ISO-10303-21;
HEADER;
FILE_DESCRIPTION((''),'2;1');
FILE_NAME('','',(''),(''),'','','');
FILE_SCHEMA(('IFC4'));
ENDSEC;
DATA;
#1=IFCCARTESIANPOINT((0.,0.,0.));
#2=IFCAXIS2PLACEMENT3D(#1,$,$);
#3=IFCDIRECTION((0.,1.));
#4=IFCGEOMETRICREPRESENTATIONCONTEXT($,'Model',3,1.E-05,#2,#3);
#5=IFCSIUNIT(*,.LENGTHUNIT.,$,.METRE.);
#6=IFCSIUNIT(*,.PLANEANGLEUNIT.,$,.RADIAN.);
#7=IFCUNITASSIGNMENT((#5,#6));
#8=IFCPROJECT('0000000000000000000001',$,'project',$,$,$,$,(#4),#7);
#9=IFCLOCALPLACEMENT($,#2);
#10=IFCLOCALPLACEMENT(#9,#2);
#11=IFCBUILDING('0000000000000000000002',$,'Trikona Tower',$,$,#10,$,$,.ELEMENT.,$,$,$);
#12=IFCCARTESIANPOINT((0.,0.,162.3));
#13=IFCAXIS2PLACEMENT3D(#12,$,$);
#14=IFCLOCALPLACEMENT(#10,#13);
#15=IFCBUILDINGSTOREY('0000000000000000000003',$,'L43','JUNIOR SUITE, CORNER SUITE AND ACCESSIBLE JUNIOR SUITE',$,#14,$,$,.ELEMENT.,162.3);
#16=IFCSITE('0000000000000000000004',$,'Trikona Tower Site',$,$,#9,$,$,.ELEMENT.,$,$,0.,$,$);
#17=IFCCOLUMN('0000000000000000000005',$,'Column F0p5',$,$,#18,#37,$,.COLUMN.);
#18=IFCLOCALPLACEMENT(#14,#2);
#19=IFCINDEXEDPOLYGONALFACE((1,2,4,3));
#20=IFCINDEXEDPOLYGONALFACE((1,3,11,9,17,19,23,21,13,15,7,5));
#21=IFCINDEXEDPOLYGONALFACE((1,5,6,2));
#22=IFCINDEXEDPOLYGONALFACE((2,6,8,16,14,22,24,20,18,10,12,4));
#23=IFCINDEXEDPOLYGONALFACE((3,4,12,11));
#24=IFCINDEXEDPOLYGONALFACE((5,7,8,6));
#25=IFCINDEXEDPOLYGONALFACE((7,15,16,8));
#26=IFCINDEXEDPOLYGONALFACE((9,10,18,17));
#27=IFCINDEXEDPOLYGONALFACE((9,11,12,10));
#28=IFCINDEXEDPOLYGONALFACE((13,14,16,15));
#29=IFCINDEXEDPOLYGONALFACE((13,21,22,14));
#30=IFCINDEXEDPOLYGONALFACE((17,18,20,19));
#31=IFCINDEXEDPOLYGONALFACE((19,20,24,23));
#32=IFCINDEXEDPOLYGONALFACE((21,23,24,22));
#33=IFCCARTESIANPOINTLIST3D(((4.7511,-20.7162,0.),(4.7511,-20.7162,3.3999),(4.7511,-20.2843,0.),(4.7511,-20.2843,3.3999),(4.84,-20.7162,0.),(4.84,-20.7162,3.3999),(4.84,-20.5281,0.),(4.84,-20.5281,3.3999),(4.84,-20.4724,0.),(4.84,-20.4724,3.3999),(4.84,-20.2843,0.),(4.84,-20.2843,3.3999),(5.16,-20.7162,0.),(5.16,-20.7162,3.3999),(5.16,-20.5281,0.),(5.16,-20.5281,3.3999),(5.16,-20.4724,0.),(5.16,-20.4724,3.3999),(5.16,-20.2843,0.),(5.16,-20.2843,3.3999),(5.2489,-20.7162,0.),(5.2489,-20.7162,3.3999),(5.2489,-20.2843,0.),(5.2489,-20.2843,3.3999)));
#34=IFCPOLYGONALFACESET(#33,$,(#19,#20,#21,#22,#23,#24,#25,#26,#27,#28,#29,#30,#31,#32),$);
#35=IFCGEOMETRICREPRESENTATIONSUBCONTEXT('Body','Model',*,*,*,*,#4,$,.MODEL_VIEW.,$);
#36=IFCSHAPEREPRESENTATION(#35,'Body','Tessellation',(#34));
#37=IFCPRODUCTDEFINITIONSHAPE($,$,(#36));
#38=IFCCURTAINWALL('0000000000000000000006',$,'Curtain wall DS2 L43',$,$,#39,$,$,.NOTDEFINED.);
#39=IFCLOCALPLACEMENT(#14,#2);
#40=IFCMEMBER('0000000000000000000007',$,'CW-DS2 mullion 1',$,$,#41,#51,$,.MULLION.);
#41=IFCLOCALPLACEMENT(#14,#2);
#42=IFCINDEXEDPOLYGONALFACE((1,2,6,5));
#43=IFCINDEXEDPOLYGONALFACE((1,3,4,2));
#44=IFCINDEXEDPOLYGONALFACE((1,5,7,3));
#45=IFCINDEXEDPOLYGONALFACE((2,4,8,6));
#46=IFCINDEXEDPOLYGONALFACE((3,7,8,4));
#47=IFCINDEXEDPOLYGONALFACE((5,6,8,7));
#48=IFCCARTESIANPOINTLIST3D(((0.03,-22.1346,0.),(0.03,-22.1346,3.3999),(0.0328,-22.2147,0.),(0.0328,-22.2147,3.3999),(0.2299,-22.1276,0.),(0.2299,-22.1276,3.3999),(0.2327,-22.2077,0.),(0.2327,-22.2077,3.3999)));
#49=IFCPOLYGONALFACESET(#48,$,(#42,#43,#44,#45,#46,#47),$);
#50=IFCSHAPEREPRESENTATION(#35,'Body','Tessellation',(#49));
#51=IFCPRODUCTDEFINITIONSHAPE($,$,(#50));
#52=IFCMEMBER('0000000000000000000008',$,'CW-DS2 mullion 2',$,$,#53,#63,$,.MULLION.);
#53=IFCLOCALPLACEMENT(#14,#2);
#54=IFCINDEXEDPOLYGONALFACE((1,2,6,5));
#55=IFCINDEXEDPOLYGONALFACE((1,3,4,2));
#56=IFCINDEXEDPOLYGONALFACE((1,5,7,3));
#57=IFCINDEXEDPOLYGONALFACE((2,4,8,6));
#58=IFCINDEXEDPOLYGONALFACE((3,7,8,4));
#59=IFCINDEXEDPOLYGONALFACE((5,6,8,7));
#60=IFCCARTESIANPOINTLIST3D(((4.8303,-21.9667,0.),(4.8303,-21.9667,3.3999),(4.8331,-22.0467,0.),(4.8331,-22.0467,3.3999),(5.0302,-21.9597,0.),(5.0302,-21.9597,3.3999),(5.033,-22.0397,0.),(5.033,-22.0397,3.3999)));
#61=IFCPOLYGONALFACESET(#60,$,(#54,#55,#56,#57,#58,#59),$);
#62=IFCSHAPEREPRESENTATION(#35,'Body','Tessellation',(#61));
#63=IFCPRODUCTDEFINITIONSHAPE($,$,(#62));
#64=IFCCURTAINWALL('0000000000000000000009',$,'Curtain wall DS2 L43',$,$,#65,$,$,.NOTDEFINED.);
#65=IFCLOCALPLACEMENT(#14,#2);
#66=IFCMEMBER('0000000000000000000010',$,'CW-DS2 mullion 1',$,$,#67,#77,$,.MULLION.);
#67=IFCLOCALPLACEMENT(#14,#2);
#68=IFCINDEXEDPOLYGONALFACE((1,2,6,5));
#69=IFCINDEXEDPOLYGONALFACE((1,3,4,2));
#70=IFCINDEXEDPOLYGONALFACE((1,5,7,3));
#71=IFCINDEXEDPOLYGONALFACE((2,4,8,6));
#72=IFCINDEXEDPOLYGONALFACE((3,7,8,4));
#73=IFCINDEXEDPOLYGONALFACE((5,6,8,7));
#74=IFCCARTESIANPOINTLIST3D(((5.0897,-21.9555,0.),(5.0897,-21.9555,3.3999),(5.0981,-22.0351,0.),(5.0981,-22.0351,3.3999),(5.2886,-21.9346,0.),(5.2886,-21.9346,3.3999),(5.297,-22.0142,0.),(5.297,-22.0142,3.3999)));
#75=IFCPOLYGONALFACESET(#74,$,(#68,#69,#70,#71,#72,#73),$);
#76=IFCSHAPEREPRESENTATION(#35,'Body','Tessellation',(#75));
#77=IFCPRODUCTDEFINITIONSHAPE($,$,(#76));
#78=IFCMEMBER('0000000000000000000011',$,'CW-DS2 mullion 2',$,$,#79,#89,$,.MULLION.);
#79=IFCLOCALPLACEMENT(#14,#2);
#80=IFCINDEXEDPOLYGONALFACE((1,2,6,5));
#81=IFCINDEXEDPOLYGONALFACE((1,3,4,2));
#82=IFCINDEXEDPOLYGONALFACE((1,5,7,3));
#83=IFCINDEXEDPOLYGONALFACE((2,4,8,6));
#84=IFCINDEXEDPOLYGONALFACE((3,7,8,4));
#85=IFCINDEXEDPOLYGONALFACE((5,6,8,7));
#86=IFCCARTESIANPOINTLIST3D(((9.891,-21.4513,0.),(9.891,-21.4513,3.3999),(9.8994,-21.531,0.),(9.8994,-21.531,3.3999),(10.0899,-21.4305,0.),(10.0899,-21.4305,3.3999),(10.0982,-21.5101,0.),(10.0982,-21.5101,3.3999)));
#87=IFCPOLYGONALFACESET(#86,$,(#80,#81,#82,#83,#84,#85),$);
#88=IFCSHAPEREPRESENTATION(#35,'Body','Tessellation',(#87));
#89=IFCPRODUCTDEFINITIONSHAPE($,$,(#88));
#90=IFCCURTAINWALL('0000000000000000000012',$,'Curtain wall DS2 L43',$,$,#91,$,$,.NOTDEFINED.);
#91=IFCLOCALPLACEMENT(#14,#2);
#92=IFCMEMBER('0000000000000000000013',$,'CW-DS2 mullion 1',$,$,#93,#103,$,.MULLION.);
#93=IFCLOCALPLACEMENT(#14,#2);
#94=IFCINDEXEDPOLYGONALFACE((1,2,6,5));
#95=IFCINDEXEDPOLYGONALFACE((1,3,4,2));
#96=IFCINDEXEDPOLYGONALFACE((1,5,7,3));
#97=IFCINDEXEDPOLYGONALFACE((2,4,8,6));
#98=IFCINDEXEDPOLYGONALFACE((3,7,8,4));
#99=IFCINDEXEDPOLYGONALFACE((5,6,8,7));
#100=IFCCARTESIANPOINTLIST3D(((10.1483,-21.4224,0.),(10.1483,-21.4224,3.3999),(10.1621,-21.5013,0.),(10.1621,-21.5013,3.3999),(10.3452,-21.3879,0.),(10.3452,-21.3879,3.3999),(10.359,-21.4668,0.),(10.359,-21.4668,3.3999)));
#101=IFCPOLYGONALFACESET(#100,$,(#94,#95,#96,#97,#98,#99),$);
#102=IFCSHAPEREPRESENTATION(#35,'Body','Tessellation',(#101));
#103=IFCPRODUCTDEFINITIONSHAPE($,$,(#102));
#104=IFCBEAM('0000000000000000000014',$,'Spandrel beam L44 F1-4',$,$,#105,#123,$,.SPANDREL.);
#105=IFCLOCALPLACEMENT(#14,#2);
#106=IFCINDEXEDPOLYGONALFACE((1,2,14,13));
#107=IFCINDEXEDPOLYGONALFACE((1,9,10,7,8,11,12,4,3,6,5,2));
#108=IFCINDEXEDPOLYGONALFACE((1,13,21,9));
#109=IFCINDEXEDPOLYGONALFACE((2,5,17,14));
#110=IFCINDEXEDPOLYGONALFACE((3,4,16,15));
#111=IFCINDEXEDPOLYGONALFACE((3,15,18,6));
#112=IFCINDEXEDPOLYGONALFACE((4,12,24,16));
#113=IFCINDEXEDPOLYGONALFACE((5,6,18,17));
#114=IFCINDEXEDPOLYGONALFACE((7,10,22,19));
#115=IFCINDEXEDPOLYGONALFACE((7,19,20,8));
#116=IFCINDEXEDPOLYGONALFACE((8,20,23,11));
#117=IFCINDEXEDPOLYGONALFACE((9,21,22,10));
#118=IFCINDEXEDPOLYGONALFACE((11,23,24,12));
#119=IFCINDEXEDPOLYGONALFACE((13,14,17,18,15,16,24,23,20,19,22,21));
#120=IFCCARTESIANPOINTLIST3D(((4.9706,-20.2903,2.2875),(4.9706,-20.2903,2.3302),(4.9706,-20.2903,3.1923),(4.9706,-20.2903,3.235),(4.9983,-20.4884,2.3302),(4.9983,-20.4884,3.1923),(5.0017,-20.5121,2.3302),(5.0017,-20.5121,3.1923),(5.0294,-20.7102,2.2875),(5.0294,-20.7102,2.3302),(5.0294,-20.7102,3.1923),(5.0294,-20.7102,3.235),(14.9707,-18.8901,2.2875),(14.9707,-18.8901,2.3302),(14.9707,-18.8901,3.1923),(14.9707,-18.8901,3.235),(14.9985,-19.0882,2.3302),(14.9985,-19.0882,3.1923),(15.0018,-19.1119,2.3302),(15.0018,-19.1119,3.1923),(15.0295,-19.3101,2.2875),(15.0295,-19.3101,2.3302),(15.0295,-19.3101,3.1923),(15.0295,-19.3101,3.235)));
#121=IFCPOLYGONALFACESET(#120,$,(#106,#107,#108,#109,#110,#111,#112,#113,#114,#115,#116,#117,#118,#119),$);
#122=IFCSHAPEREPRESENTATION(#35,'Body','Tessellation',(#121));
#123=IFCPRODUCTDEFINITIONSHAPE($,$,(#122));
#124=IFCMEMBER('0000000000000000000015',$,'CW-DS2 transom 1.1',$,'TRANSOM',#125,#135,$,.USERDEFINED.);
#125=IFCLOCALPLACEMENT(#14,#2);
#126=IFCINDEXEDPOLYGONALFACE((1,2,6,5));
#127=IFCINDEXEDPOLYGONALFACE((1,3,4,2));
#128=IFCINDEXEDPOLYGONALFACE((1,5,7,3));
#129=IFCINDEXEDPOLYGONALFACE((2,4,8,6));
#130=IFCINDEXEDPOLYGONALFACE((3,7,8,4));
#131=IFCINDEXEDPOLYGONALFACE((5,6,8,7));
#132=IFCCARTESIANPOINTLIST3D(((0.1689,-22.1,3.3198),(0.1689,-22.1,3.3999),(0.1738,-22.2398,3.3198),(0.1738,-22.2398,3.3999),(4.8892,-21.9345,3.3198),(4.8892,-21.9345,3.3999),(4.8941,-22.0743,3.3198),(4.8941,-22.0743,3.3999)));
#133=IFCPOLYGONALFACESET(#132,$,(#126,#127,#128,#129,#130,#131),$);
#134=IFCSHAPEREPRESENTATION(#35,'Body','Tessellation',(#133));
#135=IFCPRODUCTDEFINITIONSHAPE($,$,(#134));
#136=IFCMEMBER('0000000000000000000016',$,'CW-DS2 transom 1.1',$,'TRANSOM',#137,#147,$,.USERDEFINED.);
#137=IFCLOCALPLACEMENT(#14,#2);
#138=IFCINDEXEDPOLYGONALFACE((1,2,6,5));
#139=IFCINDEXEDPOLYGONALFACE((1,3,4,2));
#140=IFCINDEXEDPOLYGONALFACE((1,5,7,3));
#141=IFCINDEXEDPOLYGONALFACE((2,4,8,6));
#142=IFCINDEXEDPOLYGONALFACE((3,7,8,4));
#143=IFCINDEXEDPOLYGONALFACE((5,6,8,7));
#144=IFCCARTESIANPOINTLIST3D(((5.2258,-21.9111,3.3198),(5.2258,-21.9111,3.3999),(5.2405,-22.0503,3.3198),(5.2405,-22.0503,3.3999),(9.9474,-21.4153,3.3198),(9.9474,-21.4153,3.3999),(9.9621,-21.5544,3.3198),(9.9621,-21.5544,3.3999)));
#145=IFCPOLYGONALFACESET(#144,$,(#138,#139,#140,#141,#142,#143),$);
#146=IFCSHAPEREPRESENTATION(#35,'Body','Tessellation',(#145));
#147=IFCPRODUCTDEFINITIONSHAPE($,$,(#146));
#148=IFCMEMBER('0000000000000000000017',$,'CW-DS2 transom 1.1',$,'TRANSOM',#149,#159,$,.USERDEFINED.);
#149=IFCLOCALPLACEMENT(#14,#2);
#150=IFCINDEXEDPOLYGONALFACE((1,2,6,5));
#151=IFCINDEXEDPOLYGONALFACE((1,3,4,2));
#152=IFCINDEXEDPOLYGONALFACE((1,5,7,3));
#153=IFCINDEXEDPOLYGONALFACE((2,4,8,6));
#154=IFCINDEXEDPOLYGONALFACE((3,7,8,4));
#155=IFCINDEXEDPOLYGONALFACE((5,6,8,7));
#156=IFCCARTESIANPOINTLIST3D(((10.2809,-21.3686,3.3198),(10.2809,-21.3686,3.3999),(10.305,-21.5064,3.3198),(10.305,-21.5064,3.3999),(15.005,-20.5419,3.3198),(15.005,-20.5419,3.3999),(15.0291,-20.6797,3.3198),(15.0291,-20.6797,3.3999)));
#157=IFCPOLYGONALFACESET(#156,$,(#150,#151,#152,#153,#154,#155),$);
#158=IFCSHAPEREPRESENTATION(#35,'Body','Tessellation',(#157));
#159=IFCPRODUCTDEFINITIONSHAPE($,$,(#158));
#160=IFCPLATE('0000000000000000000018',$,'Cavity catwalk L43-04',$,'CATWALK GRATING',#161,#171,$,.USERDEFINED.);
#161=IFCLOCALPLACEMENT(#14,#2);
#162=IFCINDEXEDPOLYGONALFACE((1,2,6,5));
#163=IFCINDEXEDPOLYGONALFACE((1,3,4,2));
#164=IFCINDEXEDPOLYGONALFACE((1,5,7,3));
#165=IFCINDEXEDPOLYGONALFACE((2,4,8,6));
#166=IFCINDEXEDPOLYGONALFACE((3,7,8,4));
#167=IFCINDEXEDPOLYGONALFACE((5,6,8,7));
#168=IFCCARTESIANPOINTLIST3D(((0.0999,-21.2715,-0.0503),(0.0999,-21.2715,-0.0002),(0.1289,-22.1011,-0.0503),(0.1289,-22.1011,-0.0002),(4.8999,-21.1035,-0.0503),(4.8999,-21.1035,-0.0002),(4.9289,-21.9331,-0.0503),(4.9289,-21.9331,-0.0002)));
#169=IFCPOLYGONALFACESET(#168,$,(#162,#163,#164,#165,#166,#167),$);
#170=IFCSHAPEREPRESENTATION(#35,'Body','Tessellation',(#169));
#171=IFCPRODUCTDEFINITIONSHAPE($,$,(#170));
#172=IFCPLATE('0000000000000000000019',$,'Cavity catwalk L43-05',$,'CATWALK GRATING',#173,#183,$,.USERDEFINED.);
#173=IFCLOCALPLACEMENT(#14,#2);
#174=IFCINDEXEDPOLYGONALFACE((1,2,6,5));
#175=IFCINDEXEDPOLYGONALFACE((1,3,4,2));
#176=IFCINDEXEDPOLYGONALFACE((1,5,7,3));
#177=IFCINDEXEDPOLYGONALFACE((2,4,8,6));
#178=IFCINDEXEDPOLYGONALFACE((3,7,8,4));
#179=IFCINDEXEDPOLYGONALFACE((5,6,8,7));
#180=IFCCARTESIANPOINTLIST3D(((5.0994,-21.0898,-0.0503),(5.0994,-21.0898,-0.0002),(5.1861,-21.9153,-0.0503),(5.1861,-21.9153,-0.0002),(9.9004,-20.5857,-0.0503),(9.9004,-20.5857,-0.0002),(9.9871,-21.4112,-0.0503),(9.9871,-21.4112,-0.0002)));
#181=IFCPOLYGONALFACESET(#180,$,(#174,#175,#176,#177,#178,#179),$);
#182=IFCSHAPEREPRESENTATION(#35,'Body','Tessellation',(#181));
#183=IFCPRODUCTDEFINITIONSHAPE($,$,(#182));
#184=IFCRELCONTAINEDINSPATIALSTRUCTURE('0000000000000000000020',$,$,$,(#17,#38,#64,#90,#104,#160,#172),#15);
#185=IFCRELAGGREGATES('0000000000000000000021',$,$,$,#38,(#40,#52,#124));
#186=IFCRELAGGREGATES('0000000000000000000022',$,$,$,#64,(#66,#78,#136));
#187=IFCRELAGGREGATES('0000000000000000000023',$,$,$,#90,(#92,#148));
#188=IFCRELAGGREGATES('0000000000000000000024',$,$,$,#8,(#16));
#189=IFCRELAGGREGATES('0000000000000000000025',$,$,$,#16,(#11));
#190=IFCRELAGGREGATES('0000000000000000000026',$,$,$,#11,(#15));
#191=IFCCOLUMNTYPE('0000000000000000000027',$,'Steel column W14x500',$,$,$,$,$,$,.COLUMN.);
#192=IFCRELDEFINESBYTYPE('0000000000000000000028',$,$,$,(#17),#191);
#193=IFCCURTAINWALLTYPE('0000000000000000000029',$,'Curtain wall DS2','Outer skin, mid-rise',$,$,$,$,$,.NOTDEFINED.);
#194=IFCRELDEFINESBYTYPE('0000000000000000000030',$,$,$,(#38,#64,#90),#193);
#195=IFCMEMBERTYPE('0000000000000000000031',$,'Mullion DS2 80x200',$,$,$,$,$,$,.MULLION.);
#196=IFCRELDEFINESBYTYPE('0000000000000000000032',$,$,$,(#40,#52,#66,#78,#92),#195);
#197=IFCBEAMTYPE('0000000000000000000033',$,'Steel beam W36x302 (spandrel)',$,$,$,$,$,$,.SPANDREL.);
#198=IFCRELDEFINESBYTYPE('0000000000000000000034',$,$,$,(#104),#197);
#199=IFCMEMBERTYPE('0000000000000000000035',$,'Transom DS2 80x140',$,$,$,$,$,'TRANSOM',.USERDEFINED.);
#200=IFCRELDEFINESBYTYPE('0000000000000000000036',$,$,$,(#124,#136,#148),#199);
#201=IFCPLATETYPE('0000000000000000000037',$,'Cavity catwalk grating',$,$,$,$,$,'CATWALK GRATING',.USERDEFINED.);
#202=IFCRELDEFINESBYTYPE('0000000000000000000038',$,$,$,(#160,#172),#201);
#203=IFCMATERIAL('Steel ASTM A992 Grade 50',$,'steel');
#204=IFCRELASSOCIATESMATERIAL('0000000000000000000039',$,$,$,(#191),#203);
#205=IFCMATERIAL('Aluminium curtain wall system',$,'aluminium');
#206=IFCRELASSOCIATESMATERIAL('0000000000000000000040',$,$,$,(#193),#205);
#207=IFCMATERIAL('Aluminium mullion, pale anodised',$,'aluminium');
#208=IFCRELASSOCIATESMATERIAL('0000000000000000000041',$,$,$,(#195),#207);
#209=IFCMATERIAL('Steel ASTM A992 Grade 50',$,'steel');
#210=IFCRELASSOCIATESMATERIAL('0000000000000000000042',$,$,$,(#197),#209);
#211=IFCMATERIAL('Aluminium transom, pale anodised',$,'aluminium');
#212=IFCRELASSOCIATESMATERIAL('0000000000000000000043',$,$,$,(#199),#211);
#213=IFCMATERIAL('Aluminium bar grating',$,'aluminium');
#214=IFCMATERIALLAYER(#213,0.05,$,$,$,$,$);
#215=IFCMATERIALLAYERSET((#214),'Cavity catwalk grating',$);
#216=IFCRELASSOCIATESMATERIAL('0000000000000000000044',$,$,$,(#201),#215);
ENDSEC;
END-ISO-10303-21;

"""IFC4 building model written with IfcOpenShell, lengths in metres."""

from ifc_helpers import new_model, si_unit, direction, frame, origin, origin_2d, place, context, subcontext, project, spatial, rectangle, i_section, extrude, material, layer, layer_set, material_profile, profile_set, type_object, element, aggregate, save


model = new_model("IFC4")

# Units and contexts
model_context = context("Model", 3, precision=1e-05, world=origin(), true_north=direction((0.0, 1.0)))
body_context = subcontext(model_context, "Body", "Model", "MODEL_VIEW")
ifc_project = project(units=[si_unit("LENGTHUNIT", "METRE"), si_unit("PLANEANGLEUNIT", "RADIAN")], contexts=[model_context])

# Site, building, storey
site_placement = place(None, origin())
site = spatial("IfcSite", under=ifc_project, at=site_placement, Name="Trikona Tower Site", CompositionType="ELEMENT", RefElevation=0.0)
building_placement = place(site_placement, origin())
building = spatial("IfcBuilding", under=site, at=building_placement, Name="Trikona Tower", CompositionType="ELEMENT")
storey_placement = place(building_placement, frame((0.0, 0.0, 162.3)))
storey = spatial("IfcBuildingStorey", under=building, at=storey_placement, Name="L43", Description="JUNIOR SUITE, CORNER SUITE AND ACCESSIBLE JUNIOR SUITE", CompositionType="ELEMENT", Elevation=162.3)

# Column
ifc_material_1 = material(Name="Steel ASTM A992 Grade 50", Category="steel")
ifc_material_profile_1 = material_profile(ifc_material_1, i_section(OverallWidth=0.4319, OverallDepth=0.4978, WebThickness=0.0557, FlangeThickness=0.0889, at=origin_2d()), Name="W14X500")
ifc_profile_set_1 = profile_set([ifc_material_profile_1], Name="Steel ASTM A992 Grade 50")
column_type = type_object("IfcColumnType", Name="Steel column W14x500", PredefinedType="COLUMN", material=ifc_profile_set_1)
column_placement = place(storey_placement, frame((5.0, -20.5002, 0.0), z_axis=(0.0, 0.0, 1.0), x_axis=(0.0, -1.0, 0.0)))
element("IfcColumn", 1, at=column_placement, inside=storey, type_object=column_type, Name="Column F0p5", PredefinedType="COLUMN", context=body_context, shape_type="SweptSolid", body=[
    extrude(i_section(OverallWidth=0.4319, OverallDepth=0.4978, WebThickness=0.0557, FlangeThickness=0.0889, at=origin_2d()), origin(), (0.0, 0.0, 1.0), 3.3999),
])

# Curtain walls, members
ifc_material_2 = material(Name="Aluminium curtain wall system", Category="aluminium")
curtain_wall_type = type_object("IfcCurtainWallType", Name="Curtain wall DS2", Description="Outer skin, mid-rise", PredefinedType="NOTDEFINED", material=ifc_material_2)
curtain_wall_1_placement = place(storey_placement, origin())
curtain_wall_1 = element("IfcCurtainWall", 2, at=curtain_wall_1_placement, inside=storey, type_object=curtain_wall_type, Name="Curtain wall DS2 L43", PredefinedType="NOTDEFINED")
ifc_material_3 = material(Name="Aluminium mullion, pale anodised", Category="aluminium")
ifc_material_profile_2 = material_profile(ifc_material_3, rectangle(XDim=0.0801, YDim=0.2, at=origin_2d()), Name="MUL-DS2")
ifc_profile_set_2 = profile_set([ifc_material_profile_2], Name="Aluminium mullion, pale anodised")
member_type_1 = type_object("IfcMemberType", Name="Mullion DS2 80x200", PredefinedType="MULLION", material=ifc_profile_set_2)
member_1_placement = place(storey_placement, frame((0.1313, -22.1711, 0.0), z_axis=(0.0, 0.0, 1.0), x_axis=(-0.034998, 0.999387, 0.0)))
member_1 = element("IfcMember", 3, at=member_1_placement, type_object=member_type_1, Name="CW-DS2 mullion 1", PredefinedType="MULLION", context=body_context, shape_type="SweptSolid", body=[
    extrude(rectangle(XDim=0.0801, YDim=0.2, at=origin_2d()), origin(), (0.0, 0.0, 1.0), 3.3999),
])
member_2_placement = place(storey_placement, frame((4.9316, -22.0032, 0.0), z_axis=(0.0, 0.0, 1.0), x_axis=(-0.034998, 0.999387, 0.0)))
member_2 = element("IfcMember", 4, at=member_2_placement, type_object=member_type_1, Name="CW-DS2 mullion 2", PredefinedType="MULLION", context=body_context, shape_type="SweptSolid", body=[
    extrude(rectangle(XDim=0.0801, YDim=0.2, at=origin_2d()), origin(), (0.0, 0.0, 1.0), 3.3999),
])
curtain_wall_2_placement = place(storey_placement, origin())
curtain_wall_2 = element("IfcCurtainWall", 5, at=curtain_wall_2_placement, inside=storey, type_object=curtain_wall_type, Name="Curtain wall DS2 L43", PredefinedType="NOTDEFINED")
member_3_placement = place(storey_placement, frame((5.1934, -21.9849, 0.0), z_axis=(0.0, 0.0, 1.0), x_axis=(-0.104433, 0.994532, 0.0)))
member_3 = element("IfcMember", 6, at=member_3_placement, type_object=member_type_1, Name="CW-DS2 mullion 1", PredefinedType="MULLION", context=body_context, shape_type="SweptSolid", body=[
    extrude(rectangle(XDim=0.0801, YDim=0.2, at=origin_2d()), origin(), (0.0, 0.0, 1.0), 3.3999),
])
member_4_placement = place(storey_placement, frame((9.9946, -21.4807, 0.0), z_axis=(0.0, 0.0, 1.0), x_axis=(-0.104433, 0.994532, 0.0)))
member_4 = element("IfcMember", 7, at=member_4_placement, type_object=member_type_1, Name="CW-DS2 mullion 2", PredefinedType="MULLION", context=body_context, shape_type="SweptSolid", body=[
    extrude(rectangle(XDim=0.0801, YDim=0.2, at=origin_2d()), origin(), (0.0, 0.0, 1.0), 3.3999),
])

# Curtain wall, member
curtain_wall_3_placement = place(storey_placement, origin())
curtain_wall_3 = element("IfcCurtainWall", 8, at=curtain_wall_3_placement, inside=storey, type_object=curtain_wall_type, Name="Curtain wall DS2 L43", PredefinedType="NOTDEFINED")
member_5_placement = place(storey_placement, frame((10.2537, -21.4446, 0.0), z_axis=(0.0, 0.0, 1.0), x_axis=(-0.172377, 0.985031, 0.0)))
member_5 = element("IfcMember", 9, at=member_5_placement, type_object=member_type_1, Name="CW-DS2 mullion 1", PredefinedType="MULLION", context=body_context, shape_type="SweptSolid", body=[
    extrude(rectangle(XDim=0.0801, YDim=0.2, at=origin_2d()), origin(), (0.0, 0.0, 1.0), 3.3999),
])

# Beam
ifc_material_4 = material(Name="Steel ASTM A992 Grade 50", Category="steel")
ifc_material_profile_3 = material_profile(ifc_material_4, i_section(OverallWidth=0.4241, OverallDepth=0.9475, WebThickness=0.0239, FlangeThickness=0.0427, at=origin_2d()), Name="W36X302")
ifc_profile_set_3 = profile_set([ifc_material_profile_3], Name="Steel ASTM A992 Grade 50")
beam_type = type_object("IfcBeamType", Name="Steel beam W36x302 (spandrel)", PredefinedType="SPANDREL", material=ifc_profile_set_3)
beam_placement = place(storey_placement, frame((5.0, -20.5002, 2.7612), z_axis=(0.99034, 0.138662, 0.0), x_axis=(-0.138662, 0.99034, 0.0)))
element("IfcBeam", 10, at=beam_placement, inside=storey, type_object=beam_type, Name="Spandrel beam L44 F1-4", PredefinedType="SPANDREL", context=body_context, shape_type="SweptSolid", body=[
    extrude(i_section(OverallWidth=0.4241, OverallDepth=0.9475, WebThickness=0.0239, FlangeThickness=0.0427, at=origin_2d()), origin(), (0.0, 0.0, 1.0), 10.0977),
])

# Members
ifc_material_5 = material(Name="Aluminium transom, pale anodised", Category="aluminium")
ifc_material_profile_4 = material_profile(ifc_material_5, rectangle(XDim=0.1399, YDim=0.0801, at=origin_2d()), Name="TRN-DS2")
ifc_profile_set_4 = profile_set([ifc_material_profile_4], Name="Aluminium transom, pale anodised")
member_type_2 = type_object("IfcMemberType", Name="Transom DS2 80x140", ElementType="TRANSOM", PredefinedType="USERDEFINED", material=ifc_profile_set_4)
member_6_placement = place(storey_placement, frame((0.1714, -22.1699, 3.3599), z_axis=(0.999386, 0.035046, 0.0), x_axis=(-0.035046, 0.999386, 0.0)))
member_6 = element("IfcMember", 11, at=member_6_placement, type_object=member_type_2, Name="CW-DS2 transom 1.1", ObjectType="TRANSOM", PredefinedType="USERDEFINED", context=body_context, shape_type="SweptSolid", body=[
    extrude(rectangle(XDim=0.1399, YDim=0.0801, at=origin_2d()), origin(), (0.0, 0.0, 1.0), 4.7231),
])
member_7_placement = place(storey_placement, frame((5.2332, -21.9807, 3.3599), z_axis=(0.994531, 0.104441, 0.0), x_axis=(-0.104441, 0.994531, 0.0)))
member_7 = element("IfcMember", 12, at=member_7_placement, type_object=member_type_2, Name="CW-DS2 transom 1.1", ObjectType="TRANSOM", PredefinedType="USERDEFINED", context=body_context, shape_type="SweptSolid", body=[
    extrude(rectangle(XDim=0.1399, YDim=0.0801, at=origin_2d()), origin(), (0.0, 0.0, 1.0), 4.7476),
])
member_8_placement = place(storey_placement, frame((10.293, -21.4375, 3.3599), z_axis=(0.985033, 0.172368, 0.0), x_axis=(-0.172368, 0.985033, 0.0)))
member_8 = element("IfcMember", 13, at=member_8_placement, type_object=member_type_2, Name="CW-DS2 transom 1.1", ObjectType="TRANSOM", PredefinedType="USERDEFINED", context=body_context, shape_type="SweptSolid", body=[
    extrude(rectangle(XDim=0.1399, YDim=0.0801, at=origin_2d()), origin(), (0.0, 0.0, 1.0), 4.7959),
])

# Plates
ifc_material_6 = material(Name="Aluminium bar grating", Category="aluminium")
ifc_layer_1 = layer(ifc_material_6, 0.05)
ifc_layer_set_1 = layer_set([ifc_layer_1], Name="Cavity catwalk grating")
plate_type_1 = type_object("IfcPlateType", Name="Cavity catwalk grating", ElementType="CATWALK GRATING", PredefinedType="USERDEFINED", material=ifc_layer_set_1)
plate_1_placement = place(storey_placement, frame((2.5144, -21.6023, -0.0503), z_axis=(0.0, 0.0, 1.0), x_axis=(0.999388, 0.034978, 0.0)))
element("IfcPlate", 14, at=plate_1_placement, inside=storey, type_object=plate_type_1, Name="Cavity catwalk L43-04", ObjectType="CATWALK GRATING", PredefinedType="USERDEFINED", context=body_context, shape_type="SweptSolid", body=[
    extrude(rectangle(XDim=4.803, YDim=0.8301, at=origin_2d()), origin(), (0.0, 0.0, 1.0), 0.05),
])
plate_2_placement = place(storey_placement, frame((7.5432, -21.2505, -0.0503), z_axis=(0.0, 0.0, 1.0), x_axis=(0.994533, 0.104426, 0.0)))
element("IfcPlate", 15, at=plate_2_placement, inside=storey, type_object=plate_type_1, Name="Cavity catwalk L43-05", ObjectType="CATWALK GRATING", PredefinedType="USERDEFINED", context=body_context, shape_type="SweptSolid", body=[
    extrude(rectangle(XDim=4.8274, YDim=0.8301, at=origin_2d()), origin(), (0.0, 0.0, 1.0), 0.05),
])

aggregate(curtain_wall_1, [member_1, member_2, member_6])
aggregate(curtain_wall_2, [member_3, member_4, member_7])
aggregate(curtain_wall_3, [member_5, member_8])

save(model, "model.ifc")
